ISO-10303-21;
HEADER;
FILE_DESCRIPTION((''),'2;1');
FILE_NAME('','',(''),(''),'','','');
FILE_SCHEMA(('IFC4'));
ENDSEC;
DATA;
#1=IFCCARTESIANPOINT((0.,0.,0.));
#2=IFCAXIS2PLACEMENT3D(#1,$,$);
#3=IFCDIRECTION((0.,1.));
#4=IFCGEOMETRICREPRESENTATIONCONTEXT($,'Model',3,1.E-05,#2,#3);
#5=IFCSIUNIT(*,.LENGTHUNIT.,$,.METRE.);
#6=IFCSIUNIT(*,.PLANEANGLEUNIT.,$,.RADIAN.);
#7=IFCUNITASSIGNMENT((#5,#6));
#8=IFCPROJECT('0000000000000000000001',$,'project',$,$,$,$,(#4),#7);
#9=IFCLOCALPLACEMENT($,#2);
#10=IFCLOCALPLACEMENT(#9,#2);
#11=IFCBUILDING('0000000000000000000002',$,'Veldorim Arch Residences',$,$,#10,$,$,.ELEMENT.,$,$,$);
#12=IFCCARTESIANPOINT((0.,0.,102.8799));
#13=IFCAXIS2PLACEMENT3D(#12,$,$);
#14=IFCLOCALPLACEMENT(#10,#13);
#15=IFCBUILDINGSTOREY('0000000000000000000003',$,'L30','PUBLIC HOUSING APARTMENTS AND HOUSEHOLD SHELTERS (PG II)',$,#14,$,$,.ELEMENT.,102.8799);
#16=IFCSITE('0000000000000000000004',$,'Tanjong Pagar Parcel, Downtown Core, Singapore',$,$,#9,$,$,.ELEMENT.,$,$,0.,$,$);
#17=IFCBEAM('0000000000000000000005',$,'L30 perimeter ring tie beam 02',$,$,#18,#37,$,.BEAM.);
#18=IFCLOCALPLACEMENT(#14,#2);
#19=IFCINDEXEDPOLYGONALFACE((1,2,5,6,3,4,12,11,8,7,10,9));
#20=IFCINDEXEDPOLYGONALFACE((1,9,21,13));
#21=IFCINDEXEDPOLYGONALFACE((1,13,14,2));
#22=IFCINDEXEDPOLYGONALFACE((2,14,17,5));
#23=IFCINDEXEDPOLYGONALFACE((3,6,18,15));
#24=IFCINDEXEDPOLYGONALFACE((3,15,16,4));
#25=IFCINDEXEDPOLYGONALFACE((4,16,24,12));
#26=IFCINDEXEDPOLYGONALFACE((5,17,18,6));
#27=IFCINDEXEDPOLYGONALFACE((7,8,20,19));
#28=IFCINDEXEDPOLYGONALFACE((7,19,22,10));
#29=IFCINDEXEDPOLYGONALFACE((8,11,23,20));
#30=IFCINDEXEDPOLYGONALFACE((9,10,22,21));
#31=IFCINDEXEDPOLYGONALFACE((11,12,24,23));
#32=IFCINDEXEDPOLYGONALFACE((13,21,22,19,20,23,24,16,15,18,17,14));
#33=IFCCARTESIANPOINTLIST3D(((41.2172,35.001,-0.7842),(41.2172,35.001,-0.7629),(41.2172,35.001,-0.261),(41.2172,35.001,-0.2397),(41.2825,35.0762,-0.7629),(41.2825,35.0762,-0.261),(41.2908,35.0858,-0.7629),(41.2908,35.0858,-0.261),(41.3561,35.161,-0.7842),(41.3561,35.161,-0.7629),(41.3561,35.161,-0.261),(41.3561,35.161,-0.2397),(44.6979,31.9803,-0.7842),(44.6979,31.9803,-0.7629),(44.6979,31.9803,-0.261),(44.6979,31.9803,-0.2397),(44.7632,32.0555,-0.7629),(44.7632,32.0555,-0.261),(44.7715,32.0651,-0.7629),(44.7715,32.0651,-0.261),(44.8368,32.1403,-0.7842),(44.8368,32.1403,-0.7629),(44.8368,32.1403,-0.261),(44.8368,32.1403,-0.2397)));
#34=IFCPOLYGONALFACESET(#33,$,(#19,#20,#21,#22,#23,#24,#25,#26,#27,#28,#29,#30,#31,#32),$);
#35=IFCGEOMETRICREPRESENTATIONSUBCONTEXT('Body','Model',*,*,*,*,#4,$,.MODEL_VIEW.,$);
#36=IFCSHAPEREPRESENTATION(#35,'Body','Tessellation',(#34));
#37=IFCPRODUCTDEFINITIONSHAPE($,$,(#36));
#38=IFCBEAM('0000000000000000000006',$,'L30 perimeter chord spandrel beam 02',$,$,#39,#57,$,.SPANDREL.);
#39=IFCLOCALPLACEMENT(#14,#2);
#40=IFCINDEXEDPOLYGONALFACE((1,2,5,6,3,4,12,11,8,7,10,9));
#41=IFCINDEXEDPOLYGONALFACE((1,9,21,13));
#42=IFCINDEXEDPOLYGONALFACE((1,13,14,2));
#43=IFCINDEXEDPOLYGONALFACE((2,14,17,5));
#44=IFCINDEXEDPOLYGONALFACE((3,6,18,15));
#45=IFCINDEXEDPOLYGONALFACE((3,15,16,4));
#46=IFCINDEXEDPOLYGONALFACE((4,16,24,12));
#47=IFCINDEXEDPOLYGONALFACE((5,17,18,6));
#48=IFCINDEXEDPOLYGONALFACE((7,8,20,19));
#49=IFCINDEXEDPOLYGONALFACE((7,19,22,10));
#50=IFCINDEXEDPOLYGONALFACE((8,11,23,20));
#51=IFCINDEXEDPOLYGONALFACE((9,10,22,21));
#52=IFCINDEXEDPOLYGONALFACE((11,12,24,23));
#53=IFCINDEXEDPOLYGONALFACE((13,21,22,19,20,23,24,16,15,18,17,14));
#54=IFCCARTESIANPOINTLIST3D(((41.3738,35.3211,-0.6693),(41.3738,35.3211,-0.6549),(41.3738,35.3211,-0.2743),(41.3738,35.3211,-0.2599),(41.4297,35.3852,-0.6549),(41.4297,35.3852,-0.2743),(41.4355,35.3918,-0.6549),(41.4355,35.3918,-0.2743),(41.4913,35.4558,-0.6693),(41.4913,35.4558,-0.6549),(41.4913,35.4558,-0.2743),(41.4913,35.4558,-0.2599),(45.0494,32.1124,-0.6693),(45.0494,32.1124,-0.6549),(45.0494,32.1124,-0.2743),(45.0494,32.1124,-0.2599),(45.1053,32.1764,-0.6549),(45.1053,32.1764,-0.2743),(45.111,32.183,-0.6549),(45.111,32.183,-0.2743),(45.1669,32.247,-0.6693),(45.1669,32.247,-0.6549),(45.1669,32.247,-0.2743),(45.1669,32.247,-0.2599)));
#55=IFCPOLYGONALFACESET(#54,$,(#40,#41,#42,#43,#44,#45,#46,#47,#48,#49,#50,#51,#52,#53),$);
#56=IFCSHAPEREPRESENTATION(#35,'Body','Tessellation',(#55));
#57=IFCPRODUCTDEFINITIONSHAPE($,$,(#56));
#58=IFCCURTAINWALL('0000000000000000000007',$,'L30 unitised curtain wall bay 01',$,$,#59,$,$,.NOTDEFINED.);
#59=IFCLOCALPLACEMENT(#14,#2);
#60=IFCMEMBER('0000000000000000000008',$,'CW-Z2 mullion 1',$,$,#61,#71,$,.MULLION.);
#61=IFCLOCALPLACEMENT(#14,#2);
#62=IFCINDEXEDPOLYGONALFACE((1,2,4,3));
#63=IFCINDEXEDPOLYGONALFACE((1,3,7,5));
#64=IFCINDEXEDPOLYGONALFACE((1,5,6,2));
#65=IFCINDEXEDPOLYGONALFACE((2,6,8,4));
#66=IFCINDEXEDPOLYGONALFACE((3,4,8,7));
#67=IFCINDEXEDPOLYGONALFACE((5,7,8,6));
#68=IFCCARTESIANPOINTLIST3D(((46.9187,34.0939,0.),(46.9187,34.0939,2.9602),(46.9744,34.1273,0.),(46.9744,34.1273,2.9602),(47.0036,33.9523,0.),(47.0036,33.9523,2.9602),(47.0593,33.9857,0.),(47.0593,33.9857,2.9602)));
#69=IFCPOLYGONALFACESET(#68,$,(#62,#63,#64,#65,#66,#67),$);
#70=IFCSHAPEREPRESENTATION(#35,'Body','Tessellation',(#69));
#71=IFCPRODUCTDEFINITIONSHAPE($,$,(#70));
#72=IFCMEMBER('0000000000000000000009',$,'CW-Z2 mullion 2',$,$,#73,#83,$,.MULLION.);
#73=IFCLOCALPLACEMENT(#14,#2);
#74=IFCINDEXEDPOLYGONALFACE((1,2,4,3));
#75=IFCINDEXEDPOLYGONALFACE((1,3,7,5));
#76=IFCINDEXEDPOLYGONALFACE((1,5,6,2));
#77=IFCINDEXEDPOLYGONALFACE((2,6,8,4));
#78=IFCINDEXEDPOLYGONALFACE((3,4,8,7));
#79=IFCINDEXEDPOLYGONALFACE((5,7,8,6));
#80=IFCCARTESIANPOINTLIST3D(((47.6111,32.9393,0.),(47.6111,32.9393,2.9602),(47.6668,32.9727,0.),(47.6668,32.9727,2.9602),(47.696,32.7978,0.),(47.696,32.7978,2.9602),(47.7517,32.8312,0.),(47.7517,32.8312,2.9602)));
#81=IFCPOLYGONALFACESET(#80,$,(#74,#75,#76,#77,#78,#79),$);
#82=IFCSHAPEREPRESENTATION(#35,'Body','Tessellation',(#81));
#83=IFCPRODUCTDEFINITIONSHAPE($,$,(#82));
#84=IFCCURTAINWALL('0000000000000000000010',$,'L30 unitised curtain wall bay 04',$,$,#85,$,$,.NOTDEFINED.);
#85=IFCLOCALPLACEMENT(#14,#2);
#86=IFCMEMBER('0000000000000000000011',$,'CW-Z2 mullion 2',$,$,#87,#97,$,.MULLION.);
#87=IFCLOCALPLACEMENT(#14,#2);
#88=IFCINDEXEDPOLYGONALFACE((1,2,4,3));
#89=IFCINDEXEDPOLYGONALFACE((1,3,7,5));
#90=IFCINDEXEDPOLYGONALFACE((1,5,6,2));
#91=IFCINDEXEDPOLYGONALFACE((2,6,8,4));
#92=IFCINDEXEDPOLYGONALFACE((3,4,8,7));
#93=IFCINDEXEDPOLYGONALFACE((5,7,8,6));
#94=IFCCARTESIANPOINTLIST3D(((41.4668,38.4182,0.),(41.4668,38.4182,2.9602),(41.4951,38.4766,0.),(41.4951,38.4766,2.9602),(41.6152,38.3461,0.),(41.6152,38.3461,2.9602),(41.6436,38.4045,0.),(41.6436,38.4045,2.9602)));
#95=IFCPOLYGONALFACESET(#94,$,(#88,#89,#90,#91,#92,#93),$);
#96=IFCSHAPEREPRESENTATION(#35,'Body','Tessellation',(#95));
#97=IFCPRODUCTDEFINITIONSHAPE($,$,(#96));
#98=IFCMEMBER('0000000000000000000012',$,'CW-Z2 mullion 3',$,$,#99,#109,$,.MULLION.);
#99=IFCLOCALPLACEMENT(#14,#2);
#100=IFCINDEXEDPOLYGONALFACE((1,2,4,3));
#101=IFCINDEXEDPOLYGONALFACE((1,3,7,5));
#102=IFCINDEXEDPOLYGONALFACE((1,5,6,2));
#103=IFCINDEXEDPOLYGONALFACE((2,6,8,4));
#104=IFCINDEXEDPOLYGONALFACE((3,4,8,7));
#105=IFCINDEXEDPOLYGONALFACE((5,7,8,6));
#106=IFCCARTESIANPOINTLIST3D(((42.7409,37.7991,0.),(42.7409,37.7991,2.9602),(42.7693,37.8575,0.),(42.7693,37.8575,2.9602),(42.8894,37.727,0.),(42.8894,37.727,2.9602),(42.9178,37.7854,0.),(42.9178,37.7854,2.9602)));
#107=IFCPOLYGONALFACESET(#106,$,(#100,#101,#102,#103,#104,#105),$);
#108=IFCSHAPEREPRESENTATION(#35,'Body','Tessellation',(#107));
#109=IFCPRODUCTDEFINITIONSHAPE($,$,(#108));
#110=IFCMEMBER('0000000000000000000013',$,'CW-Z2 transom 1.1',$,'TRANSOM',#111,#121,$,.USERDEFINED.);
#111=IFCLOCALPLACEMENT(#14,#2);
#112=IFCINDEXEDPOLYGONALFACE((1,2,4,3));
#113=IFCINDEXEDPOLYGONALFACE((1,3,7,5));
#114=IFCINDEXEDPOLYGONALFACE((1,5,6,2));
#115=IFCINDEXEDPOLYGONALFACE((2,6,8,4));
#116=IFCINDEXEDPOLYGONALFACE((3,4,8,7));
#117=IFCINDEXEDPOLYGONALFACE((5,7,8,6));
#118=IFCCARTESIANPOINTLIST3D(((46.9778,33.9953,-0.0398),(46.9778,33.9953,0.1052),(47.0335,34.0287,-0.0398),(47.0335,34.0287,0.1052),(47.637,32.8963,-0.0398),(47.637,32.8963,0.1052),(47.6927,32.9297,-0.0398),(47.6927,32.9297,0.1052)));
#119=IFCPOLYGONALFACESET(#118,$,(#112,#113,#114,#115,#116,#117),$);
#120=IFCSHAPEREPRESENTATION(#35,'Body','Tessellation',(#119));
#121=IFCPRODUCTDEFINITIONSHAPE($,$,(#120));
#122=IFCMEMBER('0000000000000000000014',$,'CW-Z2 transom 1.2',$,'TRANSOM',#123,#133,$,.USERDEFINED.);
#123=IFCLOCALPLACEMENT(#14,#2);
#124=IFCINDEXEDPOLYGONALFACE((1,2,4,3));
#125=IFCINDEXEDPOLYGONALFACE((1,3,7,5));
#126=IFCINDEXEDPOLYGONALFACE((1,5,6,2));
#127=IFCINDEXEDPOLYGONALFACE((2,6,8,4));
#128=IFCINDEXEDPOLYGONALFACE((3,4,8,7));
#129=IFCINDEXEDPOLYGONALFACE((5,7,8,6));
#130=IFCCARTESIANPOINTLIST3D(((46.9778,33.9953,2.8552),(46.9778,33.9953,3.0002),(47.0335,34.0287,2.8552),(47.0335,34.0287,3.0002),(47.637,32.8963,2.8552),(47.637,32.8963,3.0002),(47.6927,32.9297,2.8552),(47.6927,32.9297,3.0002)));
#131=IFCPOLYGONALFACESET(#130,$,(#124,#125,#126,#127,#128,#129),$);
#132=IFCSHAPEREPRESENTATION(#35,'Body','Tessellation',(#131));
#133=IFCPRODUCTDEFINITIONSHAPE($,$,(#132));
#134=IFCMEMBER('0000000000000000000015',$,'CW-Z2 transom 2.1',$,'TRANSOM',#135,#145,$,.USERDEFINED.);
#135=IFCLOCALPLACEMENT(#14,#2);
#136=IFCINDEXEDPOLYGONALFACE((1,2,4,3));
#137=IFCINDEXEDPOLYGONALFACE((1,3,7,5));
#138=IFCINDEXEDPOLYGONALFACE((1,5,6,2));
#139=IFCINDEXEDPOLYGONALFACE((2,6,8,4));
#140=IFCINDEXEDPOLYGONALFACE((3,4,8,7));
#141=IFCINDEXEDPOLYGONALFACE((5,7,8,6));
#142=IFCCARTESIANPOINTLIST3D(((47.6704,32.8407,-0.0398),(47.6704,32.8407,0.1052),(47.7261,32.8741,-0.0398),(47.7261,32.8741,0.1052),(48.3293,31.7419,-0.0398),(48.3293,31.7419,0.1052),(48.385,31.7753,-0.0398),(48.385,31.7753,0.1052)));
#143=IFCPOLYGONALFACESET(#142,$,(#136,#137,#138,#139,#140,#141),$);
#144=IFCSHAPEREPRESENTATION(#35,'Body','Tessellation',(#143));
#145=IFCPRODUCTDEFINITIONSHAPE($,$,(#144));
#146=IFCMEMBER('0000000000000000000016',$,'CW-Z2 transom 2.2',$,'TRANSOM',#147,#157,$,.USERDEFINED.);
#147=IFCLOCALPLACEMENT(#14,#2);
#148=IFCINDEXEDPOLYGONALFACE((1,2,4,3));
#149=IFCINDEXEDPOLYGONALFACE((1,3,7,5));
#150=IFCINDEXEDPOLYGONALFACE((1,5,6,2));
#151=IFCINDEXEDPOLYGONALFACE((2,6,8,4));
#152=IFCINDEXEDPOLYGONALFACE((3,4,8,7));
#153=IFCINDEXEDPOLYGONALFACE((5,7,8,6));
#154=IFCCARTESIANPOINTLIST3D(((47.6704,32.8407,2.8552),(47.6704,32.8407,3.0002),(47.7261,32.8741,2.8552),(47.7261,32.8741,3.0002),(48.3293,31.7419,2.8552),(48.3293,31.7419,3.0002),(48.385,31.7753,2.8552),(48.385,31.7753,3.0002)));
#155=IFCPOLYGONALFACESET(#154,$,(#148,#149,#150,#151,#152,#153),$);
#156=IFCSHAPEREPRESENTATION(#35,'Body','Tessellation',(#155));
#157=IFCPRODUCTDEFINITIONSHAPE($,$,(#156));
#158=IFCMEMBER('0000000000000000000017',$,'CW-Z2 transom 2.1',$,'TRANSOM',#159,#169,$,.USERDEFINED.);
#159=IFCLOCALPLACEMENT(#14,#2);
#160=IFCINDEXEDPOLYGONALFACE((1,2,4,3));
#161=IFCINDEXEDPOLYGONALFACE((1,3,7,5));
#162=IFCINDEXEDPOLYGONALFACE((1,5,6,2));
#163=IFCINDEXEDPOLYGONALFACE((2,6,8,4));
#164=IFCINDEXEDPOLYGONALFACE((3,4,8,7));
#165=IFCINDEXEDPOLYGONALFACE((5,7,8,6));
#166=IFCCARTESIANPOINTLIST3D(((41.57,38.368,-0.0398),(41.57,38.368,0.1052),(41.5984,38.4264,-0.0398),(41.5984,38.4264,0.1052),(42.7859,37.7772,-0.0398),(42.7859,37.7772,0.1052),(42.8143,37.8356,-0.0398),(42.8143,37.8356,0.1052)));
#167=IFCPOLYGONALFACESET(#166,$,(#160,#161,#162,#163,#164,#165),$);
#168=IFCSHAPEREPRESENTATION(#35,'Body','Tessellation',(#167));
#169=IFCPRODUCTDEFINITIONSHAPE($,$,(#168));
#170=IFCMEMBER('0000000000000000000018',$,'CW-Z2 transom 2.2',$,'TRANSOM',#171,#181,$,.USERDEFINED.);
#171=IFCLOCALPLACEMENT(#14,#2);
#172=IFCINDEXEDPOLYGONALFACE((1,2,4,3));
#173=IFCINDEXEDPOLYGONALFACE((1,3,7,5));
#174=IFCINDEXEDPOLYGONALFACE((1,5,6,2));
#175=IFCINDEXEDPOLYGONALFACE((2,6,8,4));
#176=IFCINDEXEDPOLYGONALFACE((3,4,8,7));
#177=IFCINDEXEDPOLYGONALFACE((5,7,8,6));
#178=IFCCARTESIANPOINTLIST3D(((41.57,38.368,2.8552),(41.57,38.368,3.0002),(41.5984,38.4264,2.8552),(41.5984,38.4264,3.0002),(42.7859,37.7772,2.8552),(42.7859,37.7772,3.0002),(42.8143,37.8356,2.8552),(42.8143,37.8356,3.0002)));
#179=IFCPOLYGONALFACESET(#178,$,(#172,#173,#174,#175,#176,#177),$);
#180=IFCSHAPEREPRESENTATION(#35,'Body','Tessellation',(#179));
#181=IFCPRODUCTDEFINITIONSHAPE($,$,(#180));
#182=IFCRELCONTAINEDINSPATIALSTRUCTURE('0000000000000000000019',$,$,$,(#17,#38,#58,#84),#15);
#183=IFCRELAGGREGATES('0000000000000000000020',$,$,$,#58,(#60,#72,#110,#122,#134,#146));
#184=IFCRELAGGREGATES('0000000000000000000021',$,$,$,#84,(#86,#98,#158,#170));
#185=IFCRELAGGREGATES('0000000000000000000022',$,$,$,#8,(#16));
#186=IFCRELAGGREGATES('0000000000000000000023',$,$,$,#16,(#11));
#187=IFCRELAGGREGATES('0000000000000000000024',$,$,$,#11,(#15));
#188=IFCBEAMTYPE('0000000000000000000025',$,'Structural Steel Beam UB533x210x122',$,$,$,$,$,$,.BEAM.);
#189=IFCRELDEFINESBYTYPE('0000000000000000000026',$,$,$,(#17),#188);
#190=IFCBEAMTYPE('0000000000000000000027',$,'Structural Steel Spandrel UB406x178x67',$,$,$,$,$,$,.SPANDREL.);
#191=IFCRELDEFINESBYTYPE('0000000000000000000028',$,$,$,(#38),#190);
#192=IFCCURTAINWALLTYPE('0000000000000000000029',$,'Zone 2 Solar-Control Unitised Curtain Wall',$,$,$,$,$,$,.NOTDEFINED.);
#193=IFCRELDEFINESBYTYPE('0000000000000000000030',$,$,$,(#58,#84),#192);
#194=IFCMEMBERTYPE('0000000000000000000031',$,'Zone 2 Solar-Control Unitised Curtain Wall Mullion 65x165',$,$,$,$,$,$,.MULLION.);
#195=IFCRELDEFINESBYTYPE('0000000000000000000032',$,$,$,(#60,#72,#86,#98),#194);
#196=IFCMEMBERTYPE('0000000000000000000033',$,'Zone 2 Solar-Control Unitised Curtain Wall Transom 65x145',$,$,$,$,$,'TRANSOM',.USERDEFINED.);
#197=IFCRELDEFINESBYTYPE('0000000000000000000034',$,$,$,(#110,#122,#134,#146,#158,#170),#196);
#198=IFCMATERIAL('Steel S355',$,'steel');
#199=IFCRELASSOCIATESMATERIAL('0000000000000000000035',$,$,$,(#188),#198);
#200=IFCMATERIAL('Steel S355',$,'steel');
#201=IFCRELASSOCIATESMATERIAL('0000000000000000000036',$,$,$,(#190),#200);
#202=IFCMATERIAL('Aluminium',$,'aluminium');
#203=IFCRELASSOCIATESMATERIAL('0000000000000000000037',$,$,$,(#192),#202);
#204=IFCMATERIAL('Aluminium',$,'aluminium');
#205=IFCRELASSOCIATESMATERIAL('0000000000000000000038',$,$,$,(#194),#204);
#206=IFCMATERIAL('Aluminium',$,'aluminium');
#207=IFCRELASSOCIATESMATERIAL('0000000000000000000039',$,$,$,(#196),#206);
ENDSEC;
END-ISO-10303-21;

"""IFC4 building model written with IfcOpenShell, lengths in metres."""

from ifc_helpers import new_model, si_unit, direction, frame, origin, origin_2d, place, context, subcontext, project, spatial, rectangle, i_section, extrude, material, material_profile, profile_set, type_object, element, aggregate, save


model = new_model("IFC4")

# Units and contexts
model_context = context("Model", 3, precision=1e-05, world=origin(), true_north=direction((0.0, 1.0)))
body_context = subcontext(model_context, "Body", "Model", "MODEL_VIEW")
ifc_project = project(units=[si_unit("LENGTHUNIT", "METRE"), si_unit("PLANEANGLEUNIT", "RADIAN")], contexts=[model_context])

# Site, building, storey
site_placement = place(None, origin())
site = spatial("IfcSite", under=ifc_project, at=site_placement, Name="Tanjong Pagar Parcel, Downtown Core, Singapore", CompositionType="ELEMENT", RefElevation=0.0)
building_placement = place(site_placement, origin())
building = spatial("IfcBuilding", under=site, at=building_placement, Name="Veldorim Arch Residences", CompositionType="ELEMENT")
storey_placement = place(building_placement, frame((0.0, 0.0, 102.8799)))
storey = spatial("IfcBuildingStorey", under=building, at=storey_placement, Name="L30", Description="PUBLIC HOUSING APARTMENTS AND HOUSEHOLD SHELTERS (PG II)", CompositionType="ELEMENT", Elevation=102.8799)

# Beams
ifc_material_1 = material(Name="Steel S355", Category="steel")
ifc_material_profile_1 = material_profile(ifc_material_1, i_section(OverallWidth=0.2119, OverallDepth=0.5444, WebThickness=0.0127, FlangeThickness=0.0212, at=origin_2d()), Name="UB533x210x122")
ifc_profile_set_1 = profile_set([ifc_material_profile_1], Name="Steel S355")
beam_type_1 = type_object("IfcBeamType", Name="Structural Steel Beam UB533x210x122", PredefinedType="BEAM", material=ifc_profile_set_1)
beam_1_placement = place(storey_placement, frame((44.7673, 32.0603, -0.512), z_axis=(-0.755245, 0.655443, 0.0), x_axis=(-0.655443, -0.755245, 0.0)))
element("IfcBeam", 1, at=beam_1_placement, inside=storey, type_object=beam_type_1, Name="L30 perimeter ring tie beam 02", PredefinedType="BEAM", context=body_context, shape_type="SweptSolid", body=[
    extrude(i_section(OverallWidth=0.2119, OverallDepth=0.5444, WebThickness=0.0127, FlangeThickness=0.0212, at=origin_2d()), origin(), (0.0, 0.0, 1.0), 4.6086),
])
ifc_material_2 = material(Name="Steel S355", Category="steel")
ifc_material_profile_2 = material_profile(ifc_material_2, i_section(OverallWidth=0.1787, OverallDepth=0.4094, WebThickness=0.0088, FlangeThickness=0.0144, at=origin_2d()), Name="UB406x178x67")
ifc_profile_set_2 = profile_set([ifc_material_profile_2], Name="Steel S355")
beam_type_2 = type_object("IfcBeamType", Name="Structural Steel Spandrel UB406x178x67", PredefinedType="SPANDREL", material=ifc_profile_set_2)
beam_2_placement = place(storey_placement, frame((45.1082, 32.1797, -0.4646), z_axis=(-0.753323, 0.65765, 0.0), x_axis=(-0.65765, -0.753323, 0.0)))
element("IfcBeam", 2, at=beam_2_placement, inside=storey, type_object=beam_type_2, Name="L30 perimeter chord spandrel beam 02", PredefinedType="SPANDREL", context=body_context, shape_type="SweptSolid", body=[
    extrude(i_section(OverallWidth=0.1787, OverallDepth=0.4094, WebThickness=0.0088, FlangeThickness=0.0144, at=origin_2d()), origin(), (0.0, 0.0, 1.0), 4.8792),
])

# Curtain walls, members
ifc_material_3 = material(Name="Aluminium", Category="aluminium")
curtain_wall_type = type_object("IfcCurtainWallType", Name="Zone 2 Solar-Control Unitised Curtain Wall", PredefinedType="NOTDEFINED", material=ifc_material_3)
curtain_wall_1_placement = place(storey_placement, origin())
curtain_wall_1 = element("IfcCurtainWall", 3, at=curtain_wall_1_placement, inside=storey, type_object=curtain_wall_type, Name="L30 unitised curtain wall bay 01", PredefinedType="NOTDEFINED")
ifc_material_4 = material(Name="Aluminium", Category="aluminium")
ifc_material_profile_3 = material_profile(ifc_material_4, rectangle(XDim=0.0649, YDim=0.165, at=origin_2d()), Name="ALU_MUL_65x165")
ifc_profile_set_3 = profile_set([ifc_material_profile_3], Name="Aluminium")
member_type_1 = type_object("IfcMemberType", Name="Zone 2 Solar-Control Unitised Curtain Wall Mullion 65x165", PredefinedType="MULLION", material=ifc_profile_set_3)
member_1_placement = place(storey_placement, frame((46.989, 34.0398, 0.0), z_axis=(0.0, 0.0, 1.0), x_axis=(0.85757, 0.514368, 0.0)))
member_1 = element("IfcMember", 4, at=member_1_placement, type_object=member_type_1, Name="CW-Z2 mullion 1", PredefinedType="MULLION", context=body_context, shape_type="SweptSolid", body=[
    extrude(rectangle(XDim=0.0649, YDim=0.165, at=origin_2d()), origin(), (0.0, 0.0, 1.0), 2.9602),
])
member_2_placement = place(storey_placement, frame((47.6814, 32.8853, 0.0), z_axis=(0.0, 0.0, 1.0), x_axis=(0.85757, 0.514368, 0.0)))
member_2 = element("IfcMember", 5, at=member_2_placement, type_object=member_type_1, Name="CW-Z2 mullion 2", PredefinedType="MULLION", context=body_context, shape_type="SweptSolid", body=[
    extrude(rectangle(XDim=0.0649, YDim=0.165, at=origin_2d()), origin(), (0.0, 0.0, 1.0), 2.9602),
])
curtain_wall_2_placement = place(storey_placement, origin())
curtain_wall_2 = element("IfcCurtainWall", 6, at=curtain_wall_2_placement, inside=storey, type_object=curtain_wall_type, Name="L30 unitised curtain wall bay 04", PredefinedType="NOTDEFINED")
member_3_placement = place(storey_placement, frame((41.5552, 38.4114, 0.0), z_axis=(0.0, 0.0, 1.0), x_axis=(0.437, 0.899462, 0.0)))
member_3 = element("IfcMember", 7, at=member_3_placement, type_object=member_type_1, Name="CW-Z2 mullion 2", PredefinedType="MULLION", context=body_context, shape_type="SweptSolid", body=[
    extrude(rectangle(XDim=0.0649, YDim=0.165, at=origin_2d()), origin(), (0.0, 0.0, 1.0), 2.9602),
])
member_4_placement = place(storey_placement, frame((42.8293, 37.7922, 0.0), z_axis=(0.0, 0.0, 1.0), x_axis=(0.437, 0.899462, 0.0)))
member_4 = element("IfcMember", 8, at=member_4_placement, type_object=member_type_1, Name="CW-Z2 mullion 3", PredefinedType="MULLION", context=body_context, shape_type="SweptSolid", body=[
    extrude(rectangle(XDim=0.0649, YDim=0.165, at=origin_2d()), origin(), (0.0, 0.0, 1.0), 2.9602),
])

# Members
ifc_material_5 = material(Name="Aluminium", Category="aluminium")
ifc_material_profile_4 = material_profile(ifc_material_5, rectangle(XDim=0.0649, YDim=0.145, at=origin_2d()), Name="ALU_TRN_65x145")
ifc_profile_set_4 = profile_set([ifc_material_profile_4], Name="Aluminium")
member_type_2 = type_object("IfcMemberType", Name="Zone 2 Solar-Control Unitised Curtain Wall Transom 65x145", ElementType="TRANSOM", PredefinedType="USERDEFINED", material=ifc_profile_set_4)
member_5_placement = place(storey_placement, frame((47.0056, 34.012, 0.0327), z_axis=(0.514412, -0.857543, 0.0), x_axis=(0.857543, 0.514412, 0.0)))
member_5 = element("IfcMember", 9, at=member_5_placement, type_object=member_type_2, Name="CW-Z2 transom 1.1", ObjectType="TRANSOM", PredefinedType="USERDEFINED", context=body_context, shape_type="SweptSolid", body=[
    extrude(rectangle(XDim=0.0649, YDim=0.145, at=origin_2d()), origin(), (0.0, 0.0, 1.0), 1.2815),
])
member_6_placement = place(storey_placement, frame((47.0056, 34.012, 2.9277), z_axis=(0.514412, -0.857543, 0.0), x_axis=(0.857543, 0.514412, 0.0)))
member_6 = element("IfcMember", 10, at=member_6_placement, type_object=member_type_2, Name="CW-Z2 transom 1.2", ObjectType="TRANSOM", PredefinedType="USERDEFINED", context=body_context, shape_type="SweptSolid", body=[
    extrude(rectangle(XDim=0.0649, YDim=0.145, at=origin_2d()), origin(), (0.0, 0.0, 1.0), 1.2815),
])
member_7_placement = place(storey_placement, frame((47.6982, 32.8574, 0.0327), z_axis=(0.514272, -0.857627, 0.0), x_axis=(0.857627, 0.514272, 0.0)))
member_7 = element("IfcMember", 11, at=member_7_placement, type_object=member_type_2, Name="CW-Z2 transom 2.1", ObjectType="TRANSOM", PredefinedType="USERDEFINED", context=body_context, shape_type="SweptSolid", body=[
    extrude(rectangle(XDim=0.0649, YDim=0.145, at=origin_2d()), origin(), (0.0, 0.0, 1.0), 1.2812),
])
member_8_placement = place(storey_placement, frame((47.6982, 32.8574, 2.9277), z_axis=(0.514272, -0.857627, 0.0), x_axis=(0.857627, 0.514272, 0.0)))
member_8 = element("IfcMember", 12, at=member_8_placement, type_object=member_type_2, Name="CW-Z2 transom 2.2", ObjectType="TRANSOM", PredefinedType="USERDEFINED", context=body_context, shape_type="SweptSolid", body=[
    extrude(rectangle(XDim=0.0649, YDim=0.145, at=origin_2d()), origin(), (0.0, 0.0, 1.0), 1.2812),
])
member_9_placement = place(storey_placement, frame((41.5842, 38.3972, 0.0327), z_axis=(0.899427, -0.437071, 0.0), x_axis=(0.437071, 0.899427, 0.0)))
member_9 = element("IfcMember", 13, at=member_9_placement, type_object=member_type_2, Name="CW-Z2 transom 2.1", ObjectType="TRANSOM", PredefinedType="USERDEFINED", context=body_context, shape_type="SweptSolid", body=[
    extrude(rectangle(XDim=0.0649, YDim=0.145, at=origin_2d()), origin(), (0.0, 0.0, 1.0), 1.3518),
])
member_10_placement = place(storey_placement, frame((41.5842, 38.3972, 2.9277), z_axis=(0.899427, -0.437071, 0.0), x_axis=(0.437071, 0.899427, 0.0)))
member_10 = element("IfcMember", 14, at=member_10_placement, type_object=member_type_2, Name="CW-Z2 transom 2.2", ObjectType="TRANSOM", PredefinedType="USERDEFINED", context=body_context, shape_type="SweptSolid", body=[
    extrude(rectangle(XDim=0.0649, YDim=0.145, at=origin_2d()), origin(), (0.0, 0.0, 1.0), 1.3518),
])

aggregate(curtain_wall_1, [member_1, member_2, member_5, member_6, member_7, member_8])
aggregate(curtain_wall_2, [member_3, member_4, member_9, member_10])

save(model, "model.ifc")
